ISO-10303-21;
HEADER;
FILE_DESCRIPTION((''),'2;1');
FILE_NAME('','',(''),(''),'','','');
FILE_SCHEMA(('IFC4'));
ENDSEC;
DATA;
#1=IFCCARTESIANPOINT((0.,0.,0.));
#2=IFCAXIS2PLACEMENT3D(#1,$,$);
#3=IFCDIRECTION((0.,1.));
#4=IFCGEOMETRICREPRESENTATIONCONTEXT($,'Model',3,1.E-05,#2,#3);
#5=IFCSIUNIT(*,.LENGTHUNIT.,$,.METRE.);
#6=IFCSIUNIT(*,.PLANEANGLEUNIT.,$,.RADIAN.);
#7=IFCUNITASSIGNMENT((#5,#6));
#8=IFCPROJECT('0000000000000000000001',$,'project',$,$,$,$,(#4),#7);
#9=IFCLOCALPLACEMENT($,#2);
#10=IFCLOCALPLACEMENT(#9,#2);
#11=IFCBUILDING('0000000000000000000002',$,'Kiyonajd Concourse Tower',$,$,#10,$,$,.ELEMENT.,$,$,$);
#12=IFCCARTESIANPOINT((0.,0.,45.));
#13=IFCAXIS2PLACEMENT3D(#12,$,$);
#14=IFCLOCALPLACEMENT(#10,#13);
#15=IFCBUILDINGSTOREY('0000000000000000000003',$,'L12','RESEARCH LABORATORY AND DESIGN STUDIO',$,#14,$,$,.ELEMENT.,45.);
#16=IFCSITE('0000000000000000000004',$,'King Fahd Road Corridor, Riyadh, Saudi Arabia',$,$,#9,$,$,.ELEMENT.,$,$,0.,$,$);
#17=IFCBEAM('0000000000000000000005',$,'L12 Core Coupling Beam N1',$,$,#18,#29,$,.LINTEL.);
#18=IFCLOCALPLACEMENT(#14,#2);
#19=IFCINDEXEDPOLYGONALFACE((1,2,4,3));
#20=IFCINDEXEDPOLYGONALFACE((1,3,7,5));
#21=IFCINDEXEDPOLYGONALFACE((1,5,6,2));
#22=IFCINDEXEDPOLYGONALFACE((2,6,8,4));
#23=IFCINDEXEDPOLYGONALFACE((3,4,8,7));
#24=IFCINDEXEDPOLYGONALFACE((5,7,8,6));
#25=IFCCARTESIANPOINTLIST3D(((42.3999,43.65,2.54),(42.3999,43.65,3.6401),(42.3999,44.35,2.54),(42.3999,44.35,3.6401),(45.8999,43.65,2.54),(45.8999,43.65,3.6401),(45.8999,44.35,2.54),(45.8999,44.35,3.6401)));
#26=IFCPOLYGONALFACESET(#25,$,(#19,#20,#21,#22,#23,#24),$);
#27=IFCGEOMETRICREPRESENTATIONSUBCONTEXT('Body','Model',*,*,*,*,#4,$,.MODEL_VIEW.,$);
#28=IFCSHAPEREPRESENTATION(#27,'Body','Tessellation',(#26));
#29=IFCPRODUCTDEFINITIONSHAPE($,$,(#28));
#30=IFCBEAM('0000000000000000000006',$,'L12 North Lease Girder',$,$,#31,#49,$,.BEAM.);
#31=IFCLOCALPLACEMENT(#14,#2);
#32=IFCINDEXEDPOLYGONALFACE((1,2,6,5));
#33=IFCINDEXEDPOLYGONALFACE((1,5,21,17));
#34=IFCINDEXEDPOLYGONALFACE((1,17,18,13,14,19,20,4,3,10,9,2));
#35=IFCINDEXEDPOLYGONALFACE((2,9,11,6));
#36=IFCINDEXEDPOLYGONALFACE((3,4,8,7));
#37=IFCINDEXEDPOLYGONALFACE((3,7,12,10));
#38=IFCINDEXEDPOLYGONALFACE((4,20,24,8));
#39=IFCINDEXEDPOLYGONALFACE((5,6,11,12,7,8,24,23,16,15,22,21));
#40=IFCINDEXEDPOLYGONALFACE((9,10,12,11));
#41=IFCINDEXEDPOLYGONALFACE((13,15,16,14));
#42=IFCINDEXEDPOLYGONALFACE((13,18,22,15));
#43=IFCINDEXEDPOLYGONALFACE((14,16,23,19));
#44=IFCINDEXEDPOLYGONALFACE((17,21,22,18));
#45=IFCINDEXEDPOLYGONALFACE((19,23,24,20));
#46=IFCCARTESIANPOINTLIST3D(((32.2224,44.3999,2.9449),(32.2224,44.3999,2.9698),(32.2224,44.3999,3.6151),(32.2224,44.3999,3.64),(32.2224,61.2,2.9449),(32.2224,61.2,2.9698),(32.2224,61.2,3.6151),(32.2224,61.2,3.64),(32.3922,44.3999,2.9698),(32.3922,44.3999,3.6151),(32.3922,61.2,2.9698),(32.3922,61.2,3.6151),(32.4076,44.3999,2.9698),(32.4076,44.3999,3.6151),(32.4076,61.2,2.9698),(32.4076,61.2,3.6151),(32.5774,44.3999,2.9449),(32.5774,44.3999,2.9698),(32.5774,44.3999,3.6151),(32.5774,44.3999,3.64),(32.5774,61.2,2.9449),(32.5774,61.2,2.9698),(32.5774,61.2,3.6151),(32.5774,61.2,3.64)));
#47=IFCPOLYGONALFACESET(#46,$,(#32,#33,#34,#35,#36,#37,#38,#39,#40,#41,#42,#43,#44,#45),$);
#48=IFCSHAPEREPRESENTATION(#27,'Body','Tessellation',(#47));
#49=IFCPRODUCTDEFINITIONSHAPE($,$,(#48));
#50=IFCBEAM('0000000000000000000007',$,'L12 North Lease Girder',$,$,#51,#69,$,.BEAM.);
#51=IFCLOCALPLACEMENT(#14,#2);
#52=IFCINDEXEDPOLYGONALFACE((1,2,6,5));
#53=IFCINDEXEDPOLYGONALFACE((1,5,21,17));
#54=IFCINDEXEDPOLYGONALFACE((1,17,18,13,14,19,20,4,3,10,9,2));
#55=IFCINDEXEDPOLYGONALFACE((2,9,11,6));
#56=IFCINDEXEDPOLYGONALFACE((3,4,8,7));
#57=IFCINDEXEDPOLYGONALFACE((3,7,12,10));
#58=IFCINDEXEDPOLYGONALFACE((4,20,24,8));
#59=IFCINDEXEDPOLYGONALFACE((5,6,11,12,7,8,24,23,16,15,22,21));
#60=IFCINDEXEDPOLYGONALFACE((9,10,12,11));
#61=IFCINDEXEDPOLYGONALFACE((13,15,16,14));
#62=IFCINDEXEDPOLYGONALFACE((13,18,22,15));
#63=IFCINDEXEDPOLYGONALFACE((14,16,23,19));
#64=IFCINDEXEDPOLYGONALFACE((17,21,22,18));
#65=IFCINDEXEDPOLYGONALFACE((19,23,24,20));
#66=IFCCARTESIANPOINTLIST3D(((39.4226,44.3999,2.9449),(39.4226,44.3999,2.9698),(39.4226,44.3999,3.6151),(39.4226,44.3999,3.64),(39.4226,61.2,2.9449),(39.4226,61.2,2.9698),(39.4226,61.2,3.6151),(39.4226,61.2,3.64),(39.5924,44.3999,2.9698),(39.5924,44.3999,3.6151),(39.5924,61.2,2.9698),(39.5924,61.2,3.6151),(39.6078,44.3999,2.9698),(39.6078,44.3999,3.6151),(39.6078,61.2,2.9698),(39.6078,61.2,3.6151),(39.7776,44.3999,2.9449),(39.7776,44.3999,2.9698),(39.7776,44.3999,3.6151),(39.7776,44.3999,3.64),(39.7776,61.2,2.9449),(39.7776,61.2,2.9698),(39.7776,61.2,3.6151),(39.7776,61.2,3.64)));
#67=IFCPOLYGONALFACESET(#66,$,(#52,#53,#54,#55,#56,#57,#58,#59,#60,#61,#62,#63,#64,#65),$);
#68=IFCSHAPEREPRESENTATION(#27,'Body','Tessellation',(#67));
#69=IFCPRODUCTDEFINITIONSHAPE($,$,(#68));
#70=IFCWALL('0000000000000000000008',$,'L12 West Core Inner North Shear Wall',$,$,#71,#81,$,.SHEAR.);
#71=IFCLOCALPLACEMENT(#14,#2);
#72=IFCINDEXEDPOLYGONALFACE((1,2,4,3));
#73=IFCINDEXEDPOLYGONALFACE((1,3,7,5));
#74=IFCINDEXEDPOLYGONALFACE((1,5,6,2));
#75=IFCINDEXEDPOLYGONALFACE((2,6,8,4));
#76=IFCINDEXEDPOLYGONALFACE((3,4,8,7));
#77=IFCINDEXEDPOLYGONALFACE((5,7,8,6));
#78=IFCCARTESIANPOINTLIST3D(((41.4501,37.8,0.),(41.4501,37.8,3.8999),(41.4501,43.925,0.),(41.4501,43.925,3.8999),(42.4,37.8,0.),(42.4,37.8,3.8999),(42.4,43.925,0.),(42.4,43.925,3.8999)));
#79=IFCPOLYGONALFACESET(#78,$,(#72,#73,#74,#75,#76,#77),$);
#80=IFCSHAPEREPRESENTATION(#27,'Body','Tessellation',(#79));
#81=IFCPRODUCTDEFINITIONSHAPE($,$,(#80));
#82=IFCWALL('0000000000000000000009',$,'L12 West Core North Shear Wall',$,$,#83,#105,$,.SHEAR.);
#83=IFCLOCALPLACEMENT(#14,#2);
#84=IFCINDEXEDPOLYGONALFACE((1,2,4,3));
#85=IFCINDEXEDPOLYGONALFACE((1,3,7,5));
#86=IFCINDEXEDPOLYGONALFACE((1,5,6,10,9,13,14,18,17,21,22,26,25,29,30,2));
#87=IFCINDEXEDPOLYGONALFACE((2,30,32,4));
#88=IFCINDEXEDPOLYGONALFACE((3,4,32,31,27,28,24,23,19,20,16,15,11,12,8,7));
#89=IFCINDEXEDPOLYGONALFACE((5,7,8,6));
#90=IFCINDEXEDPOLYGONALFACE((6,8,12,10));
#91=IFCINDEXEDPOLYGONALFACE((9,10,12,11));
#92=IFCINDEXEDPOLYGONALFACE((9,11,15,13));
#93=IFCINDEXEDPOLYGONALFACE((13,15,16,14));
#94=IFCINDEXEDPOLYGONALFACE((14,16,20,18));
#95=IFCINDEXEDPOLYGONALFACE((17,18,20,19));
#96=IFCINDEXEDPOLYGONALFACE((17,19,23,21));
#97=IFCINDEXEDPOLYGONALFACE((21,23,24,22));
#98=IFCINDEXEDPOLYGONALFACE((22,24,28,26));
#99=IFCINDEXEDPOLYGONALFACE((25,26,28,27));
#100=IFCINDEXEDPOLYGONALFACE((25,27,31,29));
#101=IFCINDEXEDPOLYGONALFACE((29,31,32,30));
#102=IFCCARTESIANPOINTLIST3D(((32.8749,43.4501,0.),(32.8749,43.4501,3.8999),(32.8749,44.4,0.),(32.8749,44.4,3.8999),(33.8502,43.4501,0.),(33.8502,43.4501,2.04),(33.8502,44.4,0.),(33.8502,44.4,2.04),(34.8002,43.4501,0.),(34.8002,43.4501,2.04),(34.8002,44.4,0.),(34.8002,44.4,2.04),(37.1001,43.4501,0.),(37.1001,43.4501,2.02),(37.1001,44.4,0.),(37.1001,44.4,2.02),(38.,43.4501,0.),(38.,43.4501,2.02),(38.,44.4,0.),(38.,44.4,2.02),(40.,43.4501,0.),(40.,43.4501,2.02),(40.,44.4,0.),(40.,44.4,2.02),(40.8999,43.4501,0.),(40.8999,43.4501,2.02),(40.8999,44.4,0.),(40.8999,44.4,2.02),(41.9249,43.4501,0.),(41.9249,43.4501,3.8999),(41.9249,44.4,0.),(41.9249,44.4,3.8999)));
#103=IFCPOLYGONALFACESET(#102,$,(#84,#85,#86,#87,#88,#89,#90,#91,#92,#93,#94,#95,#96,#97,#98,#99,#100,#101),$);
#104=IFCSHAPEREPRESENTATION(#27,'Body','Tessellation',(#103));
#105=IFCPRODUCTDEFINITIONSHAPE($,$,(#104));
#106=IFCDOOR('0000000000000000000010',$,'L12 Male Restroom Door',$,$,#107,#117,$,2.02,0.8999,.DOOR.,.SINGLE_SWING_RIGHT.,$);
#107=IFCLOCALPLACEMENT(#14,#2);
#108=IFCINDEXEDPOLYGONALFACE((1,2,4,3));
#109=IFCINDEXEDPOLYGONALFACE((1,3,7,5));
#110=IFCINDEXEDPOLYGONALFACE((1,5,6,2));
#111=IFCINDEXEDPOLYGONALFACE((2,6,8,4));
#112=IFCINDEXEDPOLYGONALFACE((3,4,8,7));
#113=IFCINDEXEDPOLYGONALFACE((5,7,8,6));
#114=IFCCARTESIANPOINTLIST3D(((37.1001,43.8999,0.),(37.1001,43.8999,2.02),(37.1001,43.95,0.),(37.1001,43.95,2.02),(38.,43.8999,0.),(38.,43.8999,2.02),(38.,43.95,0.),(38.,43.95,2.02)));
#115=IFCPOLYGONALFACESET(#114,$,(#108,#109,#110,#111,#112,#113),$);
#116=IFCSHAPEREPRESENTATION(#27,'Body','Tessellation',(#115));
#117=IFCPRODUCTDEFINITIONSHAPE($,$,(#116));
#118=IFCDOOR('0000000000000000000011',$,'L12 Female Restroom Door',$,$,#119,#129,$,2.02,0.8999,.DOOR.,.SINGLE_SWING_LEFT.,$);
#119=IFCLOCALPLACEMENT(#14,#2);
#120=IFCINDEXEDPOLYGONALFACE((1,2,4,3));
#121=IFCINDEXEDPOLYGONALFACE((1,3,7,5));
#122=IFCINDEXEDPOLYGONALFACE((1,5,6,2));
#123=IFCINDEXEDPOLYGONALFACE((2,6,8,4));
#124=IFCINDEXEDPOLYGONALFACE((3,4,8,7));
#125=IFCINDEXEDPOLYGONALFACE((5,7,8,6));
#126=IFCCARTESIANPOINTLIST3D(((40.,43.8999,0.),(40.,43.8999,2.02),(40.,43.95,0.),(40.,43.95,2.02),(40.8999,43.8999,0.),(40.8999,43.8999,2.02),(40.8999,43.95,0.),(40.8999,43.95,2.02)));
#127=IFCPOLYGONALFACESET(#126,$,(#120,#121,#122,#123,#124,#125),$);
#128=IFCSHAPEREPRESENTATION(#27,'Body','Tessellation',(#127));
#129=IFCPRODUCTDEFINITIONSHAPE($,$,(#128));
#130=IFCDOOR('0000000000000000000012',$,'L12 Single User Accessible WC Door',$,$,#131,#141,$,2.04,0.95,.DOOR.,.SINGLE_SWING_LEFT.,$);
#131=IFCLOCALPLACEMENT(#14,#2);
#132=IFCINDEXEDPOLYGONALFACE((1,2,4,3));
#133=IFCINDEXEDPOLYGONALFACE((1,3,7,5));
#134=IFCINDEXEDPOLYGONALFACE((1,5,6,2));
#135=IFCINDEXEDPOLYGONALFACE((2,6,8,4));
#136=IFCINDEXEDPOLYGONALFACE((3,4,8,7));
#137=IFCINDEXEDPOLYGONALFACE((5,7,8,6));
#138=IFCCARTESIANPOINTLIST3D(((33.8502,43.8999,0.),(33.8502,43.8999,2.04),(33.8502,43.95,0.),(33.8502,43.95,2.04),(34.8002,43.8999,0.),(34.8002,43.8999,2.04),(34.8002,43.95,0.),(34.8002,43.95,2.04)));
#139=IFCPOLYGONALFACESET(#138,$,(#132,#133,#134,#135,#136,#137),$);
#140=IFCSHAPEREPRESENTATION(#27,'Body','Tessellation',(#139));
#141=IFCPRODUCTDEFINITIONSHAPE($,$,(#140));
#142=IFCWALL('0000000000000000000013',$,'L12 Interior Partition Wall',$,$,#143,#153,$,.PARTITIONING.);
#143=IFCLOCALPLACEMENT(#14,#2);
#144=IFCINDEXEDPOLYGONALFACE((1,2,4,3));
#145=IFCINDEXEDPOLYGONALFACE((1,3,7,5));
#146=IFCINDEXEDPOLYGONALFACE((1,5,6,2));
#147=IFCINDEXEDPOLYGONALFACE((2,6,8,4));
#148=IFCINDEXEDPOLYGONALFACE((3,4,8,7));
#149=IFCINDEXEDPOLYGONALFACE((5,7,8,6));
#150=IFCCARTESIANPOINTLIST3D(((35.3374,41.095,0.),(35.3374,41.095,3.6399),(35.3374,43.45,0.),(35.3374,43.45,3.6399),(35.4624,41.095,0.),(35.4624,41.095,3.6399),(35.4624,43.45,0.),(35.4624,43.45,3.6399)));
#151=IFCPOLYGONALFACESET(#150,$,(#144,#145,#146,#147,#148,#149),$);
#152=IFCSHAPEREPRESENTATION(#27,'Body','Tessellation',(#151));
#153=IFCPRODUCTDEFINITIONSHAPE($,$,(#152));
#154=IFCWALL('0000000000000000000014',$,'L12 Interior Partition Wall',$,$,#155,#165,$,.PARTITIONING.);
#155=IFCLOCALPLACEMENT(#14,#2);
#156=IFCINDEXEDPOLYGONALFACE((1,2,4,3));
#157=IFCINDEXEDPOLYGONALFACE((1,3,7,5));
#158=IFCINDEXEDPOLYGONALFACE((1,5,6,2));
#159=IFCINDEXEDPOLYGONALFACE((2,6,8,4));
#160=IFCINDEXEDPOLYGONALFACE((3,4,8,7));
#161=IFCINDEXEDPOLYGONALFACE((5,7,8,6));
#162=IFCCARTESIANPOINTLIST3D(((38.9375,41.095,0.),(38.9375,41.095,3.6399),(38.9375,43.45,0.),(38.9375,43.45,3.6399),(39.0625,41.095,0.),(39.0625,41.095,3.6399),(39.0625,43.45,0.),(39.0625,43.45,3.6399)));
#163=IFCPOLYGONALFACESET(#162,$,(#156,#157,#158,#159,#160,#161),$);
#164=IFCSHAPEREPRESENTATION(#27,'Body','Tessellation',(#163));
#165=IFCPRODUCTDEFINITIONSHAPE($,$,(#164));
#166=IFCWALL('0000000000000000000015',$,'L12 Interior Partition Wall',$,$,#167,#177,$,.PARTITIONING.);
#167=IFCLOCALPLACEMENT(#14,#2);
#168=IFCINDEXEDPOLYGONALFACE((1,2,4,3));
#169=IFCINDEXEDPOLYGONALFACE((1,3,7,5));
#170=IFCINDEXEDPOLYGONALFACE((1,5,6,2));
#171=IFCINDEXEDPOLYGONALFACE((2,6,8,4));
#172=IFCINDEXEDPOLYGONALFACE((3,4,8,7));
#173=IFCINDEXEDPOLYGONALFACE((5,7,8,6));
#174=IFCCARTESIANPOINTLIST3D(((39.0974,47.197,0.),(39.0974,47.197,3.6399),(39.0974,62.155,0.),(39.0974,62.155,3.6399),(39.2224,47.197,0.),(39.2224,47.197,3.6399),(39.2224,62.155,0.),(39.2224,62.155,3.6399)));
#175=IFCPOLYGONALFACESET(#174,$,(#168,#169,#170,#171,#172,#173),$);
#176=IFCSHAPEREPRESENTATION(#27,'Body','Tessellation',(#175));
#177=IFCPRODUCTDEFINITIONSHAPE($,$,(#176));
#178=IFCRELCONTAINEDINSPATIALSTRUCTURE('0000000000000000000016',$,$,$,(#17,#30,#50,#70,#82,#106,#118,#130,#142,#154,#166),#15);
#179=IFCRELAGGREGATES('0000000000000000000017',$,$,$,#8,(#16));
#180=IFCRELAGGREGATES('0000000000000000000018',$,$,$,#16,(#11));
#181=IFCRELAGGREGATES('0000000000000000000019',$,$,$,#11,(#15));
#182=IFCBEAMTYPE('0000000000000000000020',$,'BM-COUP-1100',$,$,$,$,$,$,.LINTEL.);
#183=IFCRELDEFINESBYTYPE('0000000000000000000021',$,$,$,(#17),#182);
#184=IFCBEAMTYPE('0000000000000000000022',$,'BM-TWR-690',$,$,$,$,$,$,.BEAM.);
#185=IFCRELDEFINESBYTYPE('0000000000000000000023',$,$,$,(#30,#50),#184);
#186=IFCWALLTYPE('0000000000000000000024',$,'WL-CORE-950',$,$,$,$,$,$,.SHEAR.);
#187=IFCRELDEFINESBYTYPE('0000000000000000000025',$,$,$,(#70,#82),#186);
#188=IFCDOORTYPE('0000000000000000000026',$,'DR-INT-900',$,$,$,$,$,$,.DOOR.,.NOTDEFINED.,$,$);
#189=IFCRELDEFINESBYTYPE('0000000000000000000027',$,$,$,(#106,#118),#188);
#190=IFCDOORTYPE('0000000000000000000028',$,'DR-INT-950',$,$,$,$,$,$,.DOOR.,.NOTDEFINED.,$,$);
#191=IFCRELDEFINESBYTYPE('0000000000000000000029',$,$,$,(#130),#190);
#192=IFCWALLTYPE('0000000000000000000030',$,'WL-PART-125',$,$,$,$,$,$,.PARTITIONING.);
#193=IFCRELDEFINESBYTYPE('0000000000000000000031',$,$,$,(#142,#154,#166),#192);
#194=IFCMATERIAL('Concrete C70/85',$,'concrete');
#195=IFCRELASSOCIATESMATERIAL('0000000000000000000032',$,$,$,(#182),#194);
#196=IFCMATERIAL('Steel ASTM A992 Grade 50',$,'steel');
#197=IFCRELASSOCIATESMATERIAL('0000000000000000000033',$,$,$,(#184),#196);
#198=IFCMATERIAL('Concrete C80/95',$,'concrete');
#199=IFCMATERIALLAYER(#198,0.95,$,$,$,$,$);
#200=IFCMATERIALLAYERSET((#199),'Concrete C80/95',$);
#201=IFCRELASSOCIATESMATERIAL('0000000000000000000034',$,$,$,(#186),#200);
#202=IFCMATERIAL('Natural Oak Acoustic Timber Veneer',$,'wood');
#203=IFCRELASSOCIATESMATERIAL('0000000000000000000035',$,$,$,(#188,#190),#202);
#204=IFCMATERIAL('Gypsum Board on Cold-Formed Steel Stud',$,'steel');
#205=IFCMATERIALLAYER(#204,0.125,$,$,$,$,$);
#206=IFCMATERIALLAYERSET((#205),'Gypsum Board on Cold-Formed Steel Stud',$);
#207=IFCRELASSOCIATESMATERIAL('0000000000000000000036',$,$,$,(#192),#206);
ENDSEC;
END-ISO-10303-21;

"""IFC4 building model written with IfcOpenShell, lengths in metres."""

from ifc_helpers import new_model, si_unit, direction, frame, frame_2d, origin, origin_2d, place, context, subcontext, project, spatial, rectangle, i_section, extrude, material, layer, layer_set, material_profile, profile_set, type_object, element, fill, save


model = new_model("IFC4")

# Units and contexts
model_context = context("Model", 3, precision=1e-05, world=origin(), true_north=direction((0.0, 1.0)))
body_context = subcontext(model_context, "Body", "Model", "MODEL_VIEW")
ifc_project = project(units=[si_unit("LENGTHUNIT", "METRE"), si_unit("PLANEANGLEUNIT", "RADIAN")], contexts=[model_context])

# Site, building, storey
site_placement = place(None, origin())
site = spatial("IfcSite", under=ifc_project, at=site_placement, Name="King Fahd Road Corridor, Riyadh, Saudi Arabia", CompositionType="ELEMENT", RefElevation=0.0)
building_placement = place(site_placement, origin())
building = spatial("IfcBuilding", under=site, at=building_placement, Name="Kiyonajd Concourse Tower", CompositionType="ELEMENT")
storey_placement = place(building_placement, frame((0.0, 0.0, 45.0)))
storey = spatial("IfcBuildingStorey", under=building, at=storey_placement, Name="L12", Description="RESEARCH LABORATORY AND DESIGN STUDIO", CompositionType="ELEMENT", Elevation=45.0)

# Beams
ifc_material_1 = material(Name="Concrete C70/85", Category="concrete")
ifc_material_profile_1 = material_profile(ifc_material_1, rectangle(XDim=0.7, YDim=1.1001, at=origin_2d()), Name="RCBM-700x1100")
ifc_profile_set_1 = profile_set([ifc_material_profile_1], Name="Concrete C70/85")
beam_type_1 = type_object("IfcBeamType", Name="BM-COUP-1100", PredefinedType="LINTEL", material=ifc_profile_set_1)
beam_placement = place(storey_placement, frame((42.3999, 44.0, 3.0901), z_axis=(1.0, 0.0, 0.0), x_axis=(0.0, 1.0, 0.0)))
element("IfcBeam", 1, at=beam_placement, inside=storey, type_object=beam_type_1, Name="L12 Core Coupling Beam N1", PredefinedType="LINTEL", context=body_context, shape_type="SweptSolid", body=[
    extrude(rectangle(XDim=0.7, YDim=1.1001, at=origin_2d()), origin(), (0.0, 0.0, 1.0), 3.5),
])
ifc_material_2 = material(Name="Steel ASTM A992 Grade 50", Category="steel")
ifc_material_profile_2 = material_profile(ifc_material_2, i_section(OverallWidth=0.355, OverallDepth=0.6951, WebThickness=0.0154, FlangeThickness=0.0249, at=origin_2d()), Name="W690X217")
ifc_profile_set_2 = profile_set([ifc_material_profile_2], Name="Steel ASTM A992 Grade 50")
beam_type_2 = type_object("IfcBeamType", Name="BM-TWR-690", PredefinedType="BEAM", material=ifc_profile_set_2)
for number, where, z_axis, x_axis, name in (
    (2, (32.3999, 44.3999, 3.2925), (0.0, 1.0, 0.0), (-1.0, 0.0, 0.0), "L12 North Lease Girder"),
    (3, (39.6001, 44.3999, 3.2925), (0.0, 1.0, 0.0), (-1.0, 0.0, 0.0), "L12 North Lease Girder"),
):
    element("IfcBeam", number, at=place(storey_placement, frame(where, z_axis=z_axis, x_axis=x_axis)), inside=storey, type_object=beam_type_2, Name=name, PredefinedType="BEAM", context=body_context, shape_type="SweptSolid", body=[
        extrude(i_section(OverallWidth=0.355, OverallDepth=0.6951, WebThickness=0.0154, FlangeThickness=0.0249, at=origin_2d()), origin(), (0.0, 0.0, 1.0), 16.8),
    ])

# Wall
ifc_material_3 = material(Name="Concrete C80/95", Category="concrete")
ifc_layer_1 = layer(ifc_material_3, 0.95)
ifc_layer_set_1 = layer_set([ifc_layer_1], Name="Concrete C80/95")
wall_type_1 = type_object("IfcWallType", Name="WL-CORE-950", PredefinedType="SHEAR", material=ifc_layer_set_1)
wall_1_placement = place(storey_placement, frame((41.925, 37.8, 0.0), z_axis=(0.0, 0.0, 1.0), x_axis=(0.0, 1.0, 0.0)))
element("IfcWall", 4, at=wall_1_placement, inside=storey, type_object=wall_type_1, Name="L12 West Core Inner North Shear Wall", PredefinedType="SHEAR", context=body_context, shape_type="SweptSolid", body=[
    extrude(rectangle(XDim=6.125, YDim=0.95, at=frame_2d((3.0625, 0.0))), origin(), (0.0, 0.0, 1.0), 3.8999),
])

# Wall, openings, doors
wall_2_placement = place(storey_placement, frame((32.875, 43.925, 0.0), z_axis=(0.0, 0.0, 1.0), x_axis=(1.0, 0.0, 0.0)))
wall_2 = element("IfcWall", 5, at=wall_2_placement, inside=storey, type_object=wall_type_1, Name="L12 West Core North Shear Wall", PredefinedType="SHEAR", context=body_context, shape_type="SweptSolid", body=[
    extrude(rectangle(XDim=9.05, YDim=0.95, at=frame_2d((4.5249, 0.0))), origin(), (0.0, 0.0, 1.0), 3.8999),
])
opening_1_placement = place(wall_2_placement, frame((0.9751, 0.0, 0.0)))
opening_1 = element("IfcOpeningElement", 6, at=opening_1_placement, cuts=wall_2, PredefinedType="OPENING", context=body_context, shape_type="SweptSolid", body=[
    extrude(rectangle(XDim=0.95, YDim=2.04, at=frame_2d((0.4751, 1.02))), frame((0.0, 0.4849, 0.0), z_axis=(0.0, -1.0, 0.0), x_axis=(1.0, 0.0, 0.0)), (0.0, 0.0, 1.0), 0.97),
])
opening_2_placement = place(wall_2_placement, frame((4.2251, 0.0, 0.0)))
opening_2 = element("IfcOpeningElement", 7, at=opening_2_placement, cuts=wall_2, PredefinedType="OPENING", context=body_context, shape_type="SweptSolid", body=[
    extrude(rectangle(XDim=0.8999, YDim=2.02, at=frame_2d((0.45, 1.01))), frame((0.0, 0.4849, 0.0), z_axis=(0.0, -1.0, 0.0), x_axis=(1.0, 0.0, 0.0)), (0.0, 0.0, 1.0), 0.97),
])
opening_3_placement = place(wall_2_placement, frame((7.125, 0.0, 0.0)))
opening_3 = element("IfcOpeningElement", 8, at=opening_3_placement, cuts=wall_2, PredefinedType="OPENING", context=body_context, shape_type="SweptSolid", body=[
    extrude(rectangle(XDim=0.8999, YDim=2.02, at=frame_2d((0.45, 1.01))), frame((0.0, 0.4849, 0.0), z_axis=(0.0, -1.0, 0.0), x_axis=(1.0, 0.0, 0.0)), (0.0, 0.0, 1.0), 0.97),
])
ifc_material_4 = material(Name="Natural Oak Acoustic Timber Veneer", Category="wood")
door_type_1 = type_object("IfcDoorType", Name="DR-INT-900", OperationType="NOTDEFINED", PredefinedType="DOOR", material=ifc_material_4)
door_1_placement = place(opening_2_placement, origin())
door_1 = element("IfcDoor", 9, at=door_1_placement, inside=storey, type_object=door_type_1, Name="L12 Male Restroom Door", OperationType="SINGLE_SWING_RIGHT", OverallHeight=2.02, OverallWidth=0.8999, PredefinedType="DOOR", context=body_context, shape_type="SweptSolid", body=[
    extrude(rectangle(XDim=0.8999, YDim=2.02, at=frame_2d((0.45, 1.01))), frame((0.0, 0.0249, 0.0), z_axis=(0.0, -1.0, 0.0), x_axis=(1.0, 0.0, 0.0)), (0.0, 0.0, 1.0), 0.05),
])
fill(opening_2, door_1)
door_2_placement = place(opening_3_placement, origin())
door_2 = element("IfcDoor", 10, at=door_2_placement, inside=storey, type_object=door_type_1, Name="L12 Female Restroom Door", OperationType="SINGLE_SWING_LEFT", OverallHeight=2.02, OverallWidth=0.8999, PredefinedType="DOOR", context=body_context, shape_type="SweptSolid", body=[
    extrude(rectangle(XDim=0.8999, YDim=2.02, at=frame_2d((0.45, 1.01))), frame((0.0, 0.0249, 0.0), z_axis=(0.0, -1.0, 0.0), x_axis=(1.0, 0.0, 0.0)), (0.0, 0.0, 1.0), 0.05),
])
fill(opening_3, door_2)
door_type_2 = type_object("IfcDoorType", Name="DR-INT-950", OperationType="NOTDEFINED", PredefinedType="DOOR", material=ifc_material_4)
door_3_placement = place(opening_1_placement, origin())
door_3 = element("IfcDoor", 11, at=door_3_placement, inside=storey, type_object=door_type_2, Name="L12 Single User Accessible WC Door", OperationType="SINGLE_SWING_LEFT", OverallHeight=2.04, OverallWidth=0.95, PredefinedType="DOOR", context=body_context, shape_type="SweptSolid", body=[
    extrude(rectangle(XDim=0.95, YDim=2.04, at=frame_2d((0.4751, 1.02))), frame((0.0, 0.0249, 0.0), z_axis=(0.0, -1.0, 0.0), x_axis=(1.0, 0.0, 0.0)), (0.0, 0.0, 1.0), 0.05),
])
fill(opening_1, door_3)

# Walls
ifc_material_5 = material(Name="Gypsum Board on Cold-Formed Steel Stud", Category="steel")
ifc_layer_2 = layer(ifc_material_5, 0.125)
ifc_layer_set_2 = layer_set([ifc_layer_2], Name="Gypsum Board on Cold-Formed Steel Stud")
wall_type_2 = type_object("IfcWallType", Name="WL-PART-125", PredefinedType="PARTITIONING", material=ifc_layer_set_2)
for number, where, z_axis, x_axis, name in (
    (12, (35.3999, 41.095, 0.0), (0.0, 0.0, 1.0), (0.0, 1.0, 0.0), "L12 Interior Partition Wall"),
    (13, (39.0, 41.095, 0.0), (0.0, 0.0, 1.0), (0.0, 1.0, 0.0), "L12 Interior Partition Wall"),
):
    element("IfcWall", number, at=place(storey_placement, frame(where, z_axis=z_axis, x_axis=x_axis)), inside=storey, type_object=wall_type_2, Name=name, PredefinedType="PARTITIONING", context=body_context, shape_type="SweptSolid", body=[
        extrude(rectangle(XDim=2.355, YDim=0.125, at=frame_2d((1.1775, 0.0))), origin(), (0.0, 0.0, 1.0), 3.6399),
    ])
wall_3_placement = place(storey_placement, frame((39.1599, 47.197, 0.0), z_axis=(0.0, 0.0, 1.0), x_axis=(0.0, 1.0, 0.0)))
element("IfcWall", 14, at=wall_3_placement, inside=storey, type_object=wall_type_2, Name="L12 Interior Partition Wall", PredefinedType="PARTITIONING", context=body_context, shape_type="SweptSolid", body=[
    extrude(rectangle(XDim=14.958, YDim=0.125, at=frame_2d((7.479, 0.0))), origin(), (0.0, 0.0, 1.0), 3.6399),
])

save(model, "model.ifc")
